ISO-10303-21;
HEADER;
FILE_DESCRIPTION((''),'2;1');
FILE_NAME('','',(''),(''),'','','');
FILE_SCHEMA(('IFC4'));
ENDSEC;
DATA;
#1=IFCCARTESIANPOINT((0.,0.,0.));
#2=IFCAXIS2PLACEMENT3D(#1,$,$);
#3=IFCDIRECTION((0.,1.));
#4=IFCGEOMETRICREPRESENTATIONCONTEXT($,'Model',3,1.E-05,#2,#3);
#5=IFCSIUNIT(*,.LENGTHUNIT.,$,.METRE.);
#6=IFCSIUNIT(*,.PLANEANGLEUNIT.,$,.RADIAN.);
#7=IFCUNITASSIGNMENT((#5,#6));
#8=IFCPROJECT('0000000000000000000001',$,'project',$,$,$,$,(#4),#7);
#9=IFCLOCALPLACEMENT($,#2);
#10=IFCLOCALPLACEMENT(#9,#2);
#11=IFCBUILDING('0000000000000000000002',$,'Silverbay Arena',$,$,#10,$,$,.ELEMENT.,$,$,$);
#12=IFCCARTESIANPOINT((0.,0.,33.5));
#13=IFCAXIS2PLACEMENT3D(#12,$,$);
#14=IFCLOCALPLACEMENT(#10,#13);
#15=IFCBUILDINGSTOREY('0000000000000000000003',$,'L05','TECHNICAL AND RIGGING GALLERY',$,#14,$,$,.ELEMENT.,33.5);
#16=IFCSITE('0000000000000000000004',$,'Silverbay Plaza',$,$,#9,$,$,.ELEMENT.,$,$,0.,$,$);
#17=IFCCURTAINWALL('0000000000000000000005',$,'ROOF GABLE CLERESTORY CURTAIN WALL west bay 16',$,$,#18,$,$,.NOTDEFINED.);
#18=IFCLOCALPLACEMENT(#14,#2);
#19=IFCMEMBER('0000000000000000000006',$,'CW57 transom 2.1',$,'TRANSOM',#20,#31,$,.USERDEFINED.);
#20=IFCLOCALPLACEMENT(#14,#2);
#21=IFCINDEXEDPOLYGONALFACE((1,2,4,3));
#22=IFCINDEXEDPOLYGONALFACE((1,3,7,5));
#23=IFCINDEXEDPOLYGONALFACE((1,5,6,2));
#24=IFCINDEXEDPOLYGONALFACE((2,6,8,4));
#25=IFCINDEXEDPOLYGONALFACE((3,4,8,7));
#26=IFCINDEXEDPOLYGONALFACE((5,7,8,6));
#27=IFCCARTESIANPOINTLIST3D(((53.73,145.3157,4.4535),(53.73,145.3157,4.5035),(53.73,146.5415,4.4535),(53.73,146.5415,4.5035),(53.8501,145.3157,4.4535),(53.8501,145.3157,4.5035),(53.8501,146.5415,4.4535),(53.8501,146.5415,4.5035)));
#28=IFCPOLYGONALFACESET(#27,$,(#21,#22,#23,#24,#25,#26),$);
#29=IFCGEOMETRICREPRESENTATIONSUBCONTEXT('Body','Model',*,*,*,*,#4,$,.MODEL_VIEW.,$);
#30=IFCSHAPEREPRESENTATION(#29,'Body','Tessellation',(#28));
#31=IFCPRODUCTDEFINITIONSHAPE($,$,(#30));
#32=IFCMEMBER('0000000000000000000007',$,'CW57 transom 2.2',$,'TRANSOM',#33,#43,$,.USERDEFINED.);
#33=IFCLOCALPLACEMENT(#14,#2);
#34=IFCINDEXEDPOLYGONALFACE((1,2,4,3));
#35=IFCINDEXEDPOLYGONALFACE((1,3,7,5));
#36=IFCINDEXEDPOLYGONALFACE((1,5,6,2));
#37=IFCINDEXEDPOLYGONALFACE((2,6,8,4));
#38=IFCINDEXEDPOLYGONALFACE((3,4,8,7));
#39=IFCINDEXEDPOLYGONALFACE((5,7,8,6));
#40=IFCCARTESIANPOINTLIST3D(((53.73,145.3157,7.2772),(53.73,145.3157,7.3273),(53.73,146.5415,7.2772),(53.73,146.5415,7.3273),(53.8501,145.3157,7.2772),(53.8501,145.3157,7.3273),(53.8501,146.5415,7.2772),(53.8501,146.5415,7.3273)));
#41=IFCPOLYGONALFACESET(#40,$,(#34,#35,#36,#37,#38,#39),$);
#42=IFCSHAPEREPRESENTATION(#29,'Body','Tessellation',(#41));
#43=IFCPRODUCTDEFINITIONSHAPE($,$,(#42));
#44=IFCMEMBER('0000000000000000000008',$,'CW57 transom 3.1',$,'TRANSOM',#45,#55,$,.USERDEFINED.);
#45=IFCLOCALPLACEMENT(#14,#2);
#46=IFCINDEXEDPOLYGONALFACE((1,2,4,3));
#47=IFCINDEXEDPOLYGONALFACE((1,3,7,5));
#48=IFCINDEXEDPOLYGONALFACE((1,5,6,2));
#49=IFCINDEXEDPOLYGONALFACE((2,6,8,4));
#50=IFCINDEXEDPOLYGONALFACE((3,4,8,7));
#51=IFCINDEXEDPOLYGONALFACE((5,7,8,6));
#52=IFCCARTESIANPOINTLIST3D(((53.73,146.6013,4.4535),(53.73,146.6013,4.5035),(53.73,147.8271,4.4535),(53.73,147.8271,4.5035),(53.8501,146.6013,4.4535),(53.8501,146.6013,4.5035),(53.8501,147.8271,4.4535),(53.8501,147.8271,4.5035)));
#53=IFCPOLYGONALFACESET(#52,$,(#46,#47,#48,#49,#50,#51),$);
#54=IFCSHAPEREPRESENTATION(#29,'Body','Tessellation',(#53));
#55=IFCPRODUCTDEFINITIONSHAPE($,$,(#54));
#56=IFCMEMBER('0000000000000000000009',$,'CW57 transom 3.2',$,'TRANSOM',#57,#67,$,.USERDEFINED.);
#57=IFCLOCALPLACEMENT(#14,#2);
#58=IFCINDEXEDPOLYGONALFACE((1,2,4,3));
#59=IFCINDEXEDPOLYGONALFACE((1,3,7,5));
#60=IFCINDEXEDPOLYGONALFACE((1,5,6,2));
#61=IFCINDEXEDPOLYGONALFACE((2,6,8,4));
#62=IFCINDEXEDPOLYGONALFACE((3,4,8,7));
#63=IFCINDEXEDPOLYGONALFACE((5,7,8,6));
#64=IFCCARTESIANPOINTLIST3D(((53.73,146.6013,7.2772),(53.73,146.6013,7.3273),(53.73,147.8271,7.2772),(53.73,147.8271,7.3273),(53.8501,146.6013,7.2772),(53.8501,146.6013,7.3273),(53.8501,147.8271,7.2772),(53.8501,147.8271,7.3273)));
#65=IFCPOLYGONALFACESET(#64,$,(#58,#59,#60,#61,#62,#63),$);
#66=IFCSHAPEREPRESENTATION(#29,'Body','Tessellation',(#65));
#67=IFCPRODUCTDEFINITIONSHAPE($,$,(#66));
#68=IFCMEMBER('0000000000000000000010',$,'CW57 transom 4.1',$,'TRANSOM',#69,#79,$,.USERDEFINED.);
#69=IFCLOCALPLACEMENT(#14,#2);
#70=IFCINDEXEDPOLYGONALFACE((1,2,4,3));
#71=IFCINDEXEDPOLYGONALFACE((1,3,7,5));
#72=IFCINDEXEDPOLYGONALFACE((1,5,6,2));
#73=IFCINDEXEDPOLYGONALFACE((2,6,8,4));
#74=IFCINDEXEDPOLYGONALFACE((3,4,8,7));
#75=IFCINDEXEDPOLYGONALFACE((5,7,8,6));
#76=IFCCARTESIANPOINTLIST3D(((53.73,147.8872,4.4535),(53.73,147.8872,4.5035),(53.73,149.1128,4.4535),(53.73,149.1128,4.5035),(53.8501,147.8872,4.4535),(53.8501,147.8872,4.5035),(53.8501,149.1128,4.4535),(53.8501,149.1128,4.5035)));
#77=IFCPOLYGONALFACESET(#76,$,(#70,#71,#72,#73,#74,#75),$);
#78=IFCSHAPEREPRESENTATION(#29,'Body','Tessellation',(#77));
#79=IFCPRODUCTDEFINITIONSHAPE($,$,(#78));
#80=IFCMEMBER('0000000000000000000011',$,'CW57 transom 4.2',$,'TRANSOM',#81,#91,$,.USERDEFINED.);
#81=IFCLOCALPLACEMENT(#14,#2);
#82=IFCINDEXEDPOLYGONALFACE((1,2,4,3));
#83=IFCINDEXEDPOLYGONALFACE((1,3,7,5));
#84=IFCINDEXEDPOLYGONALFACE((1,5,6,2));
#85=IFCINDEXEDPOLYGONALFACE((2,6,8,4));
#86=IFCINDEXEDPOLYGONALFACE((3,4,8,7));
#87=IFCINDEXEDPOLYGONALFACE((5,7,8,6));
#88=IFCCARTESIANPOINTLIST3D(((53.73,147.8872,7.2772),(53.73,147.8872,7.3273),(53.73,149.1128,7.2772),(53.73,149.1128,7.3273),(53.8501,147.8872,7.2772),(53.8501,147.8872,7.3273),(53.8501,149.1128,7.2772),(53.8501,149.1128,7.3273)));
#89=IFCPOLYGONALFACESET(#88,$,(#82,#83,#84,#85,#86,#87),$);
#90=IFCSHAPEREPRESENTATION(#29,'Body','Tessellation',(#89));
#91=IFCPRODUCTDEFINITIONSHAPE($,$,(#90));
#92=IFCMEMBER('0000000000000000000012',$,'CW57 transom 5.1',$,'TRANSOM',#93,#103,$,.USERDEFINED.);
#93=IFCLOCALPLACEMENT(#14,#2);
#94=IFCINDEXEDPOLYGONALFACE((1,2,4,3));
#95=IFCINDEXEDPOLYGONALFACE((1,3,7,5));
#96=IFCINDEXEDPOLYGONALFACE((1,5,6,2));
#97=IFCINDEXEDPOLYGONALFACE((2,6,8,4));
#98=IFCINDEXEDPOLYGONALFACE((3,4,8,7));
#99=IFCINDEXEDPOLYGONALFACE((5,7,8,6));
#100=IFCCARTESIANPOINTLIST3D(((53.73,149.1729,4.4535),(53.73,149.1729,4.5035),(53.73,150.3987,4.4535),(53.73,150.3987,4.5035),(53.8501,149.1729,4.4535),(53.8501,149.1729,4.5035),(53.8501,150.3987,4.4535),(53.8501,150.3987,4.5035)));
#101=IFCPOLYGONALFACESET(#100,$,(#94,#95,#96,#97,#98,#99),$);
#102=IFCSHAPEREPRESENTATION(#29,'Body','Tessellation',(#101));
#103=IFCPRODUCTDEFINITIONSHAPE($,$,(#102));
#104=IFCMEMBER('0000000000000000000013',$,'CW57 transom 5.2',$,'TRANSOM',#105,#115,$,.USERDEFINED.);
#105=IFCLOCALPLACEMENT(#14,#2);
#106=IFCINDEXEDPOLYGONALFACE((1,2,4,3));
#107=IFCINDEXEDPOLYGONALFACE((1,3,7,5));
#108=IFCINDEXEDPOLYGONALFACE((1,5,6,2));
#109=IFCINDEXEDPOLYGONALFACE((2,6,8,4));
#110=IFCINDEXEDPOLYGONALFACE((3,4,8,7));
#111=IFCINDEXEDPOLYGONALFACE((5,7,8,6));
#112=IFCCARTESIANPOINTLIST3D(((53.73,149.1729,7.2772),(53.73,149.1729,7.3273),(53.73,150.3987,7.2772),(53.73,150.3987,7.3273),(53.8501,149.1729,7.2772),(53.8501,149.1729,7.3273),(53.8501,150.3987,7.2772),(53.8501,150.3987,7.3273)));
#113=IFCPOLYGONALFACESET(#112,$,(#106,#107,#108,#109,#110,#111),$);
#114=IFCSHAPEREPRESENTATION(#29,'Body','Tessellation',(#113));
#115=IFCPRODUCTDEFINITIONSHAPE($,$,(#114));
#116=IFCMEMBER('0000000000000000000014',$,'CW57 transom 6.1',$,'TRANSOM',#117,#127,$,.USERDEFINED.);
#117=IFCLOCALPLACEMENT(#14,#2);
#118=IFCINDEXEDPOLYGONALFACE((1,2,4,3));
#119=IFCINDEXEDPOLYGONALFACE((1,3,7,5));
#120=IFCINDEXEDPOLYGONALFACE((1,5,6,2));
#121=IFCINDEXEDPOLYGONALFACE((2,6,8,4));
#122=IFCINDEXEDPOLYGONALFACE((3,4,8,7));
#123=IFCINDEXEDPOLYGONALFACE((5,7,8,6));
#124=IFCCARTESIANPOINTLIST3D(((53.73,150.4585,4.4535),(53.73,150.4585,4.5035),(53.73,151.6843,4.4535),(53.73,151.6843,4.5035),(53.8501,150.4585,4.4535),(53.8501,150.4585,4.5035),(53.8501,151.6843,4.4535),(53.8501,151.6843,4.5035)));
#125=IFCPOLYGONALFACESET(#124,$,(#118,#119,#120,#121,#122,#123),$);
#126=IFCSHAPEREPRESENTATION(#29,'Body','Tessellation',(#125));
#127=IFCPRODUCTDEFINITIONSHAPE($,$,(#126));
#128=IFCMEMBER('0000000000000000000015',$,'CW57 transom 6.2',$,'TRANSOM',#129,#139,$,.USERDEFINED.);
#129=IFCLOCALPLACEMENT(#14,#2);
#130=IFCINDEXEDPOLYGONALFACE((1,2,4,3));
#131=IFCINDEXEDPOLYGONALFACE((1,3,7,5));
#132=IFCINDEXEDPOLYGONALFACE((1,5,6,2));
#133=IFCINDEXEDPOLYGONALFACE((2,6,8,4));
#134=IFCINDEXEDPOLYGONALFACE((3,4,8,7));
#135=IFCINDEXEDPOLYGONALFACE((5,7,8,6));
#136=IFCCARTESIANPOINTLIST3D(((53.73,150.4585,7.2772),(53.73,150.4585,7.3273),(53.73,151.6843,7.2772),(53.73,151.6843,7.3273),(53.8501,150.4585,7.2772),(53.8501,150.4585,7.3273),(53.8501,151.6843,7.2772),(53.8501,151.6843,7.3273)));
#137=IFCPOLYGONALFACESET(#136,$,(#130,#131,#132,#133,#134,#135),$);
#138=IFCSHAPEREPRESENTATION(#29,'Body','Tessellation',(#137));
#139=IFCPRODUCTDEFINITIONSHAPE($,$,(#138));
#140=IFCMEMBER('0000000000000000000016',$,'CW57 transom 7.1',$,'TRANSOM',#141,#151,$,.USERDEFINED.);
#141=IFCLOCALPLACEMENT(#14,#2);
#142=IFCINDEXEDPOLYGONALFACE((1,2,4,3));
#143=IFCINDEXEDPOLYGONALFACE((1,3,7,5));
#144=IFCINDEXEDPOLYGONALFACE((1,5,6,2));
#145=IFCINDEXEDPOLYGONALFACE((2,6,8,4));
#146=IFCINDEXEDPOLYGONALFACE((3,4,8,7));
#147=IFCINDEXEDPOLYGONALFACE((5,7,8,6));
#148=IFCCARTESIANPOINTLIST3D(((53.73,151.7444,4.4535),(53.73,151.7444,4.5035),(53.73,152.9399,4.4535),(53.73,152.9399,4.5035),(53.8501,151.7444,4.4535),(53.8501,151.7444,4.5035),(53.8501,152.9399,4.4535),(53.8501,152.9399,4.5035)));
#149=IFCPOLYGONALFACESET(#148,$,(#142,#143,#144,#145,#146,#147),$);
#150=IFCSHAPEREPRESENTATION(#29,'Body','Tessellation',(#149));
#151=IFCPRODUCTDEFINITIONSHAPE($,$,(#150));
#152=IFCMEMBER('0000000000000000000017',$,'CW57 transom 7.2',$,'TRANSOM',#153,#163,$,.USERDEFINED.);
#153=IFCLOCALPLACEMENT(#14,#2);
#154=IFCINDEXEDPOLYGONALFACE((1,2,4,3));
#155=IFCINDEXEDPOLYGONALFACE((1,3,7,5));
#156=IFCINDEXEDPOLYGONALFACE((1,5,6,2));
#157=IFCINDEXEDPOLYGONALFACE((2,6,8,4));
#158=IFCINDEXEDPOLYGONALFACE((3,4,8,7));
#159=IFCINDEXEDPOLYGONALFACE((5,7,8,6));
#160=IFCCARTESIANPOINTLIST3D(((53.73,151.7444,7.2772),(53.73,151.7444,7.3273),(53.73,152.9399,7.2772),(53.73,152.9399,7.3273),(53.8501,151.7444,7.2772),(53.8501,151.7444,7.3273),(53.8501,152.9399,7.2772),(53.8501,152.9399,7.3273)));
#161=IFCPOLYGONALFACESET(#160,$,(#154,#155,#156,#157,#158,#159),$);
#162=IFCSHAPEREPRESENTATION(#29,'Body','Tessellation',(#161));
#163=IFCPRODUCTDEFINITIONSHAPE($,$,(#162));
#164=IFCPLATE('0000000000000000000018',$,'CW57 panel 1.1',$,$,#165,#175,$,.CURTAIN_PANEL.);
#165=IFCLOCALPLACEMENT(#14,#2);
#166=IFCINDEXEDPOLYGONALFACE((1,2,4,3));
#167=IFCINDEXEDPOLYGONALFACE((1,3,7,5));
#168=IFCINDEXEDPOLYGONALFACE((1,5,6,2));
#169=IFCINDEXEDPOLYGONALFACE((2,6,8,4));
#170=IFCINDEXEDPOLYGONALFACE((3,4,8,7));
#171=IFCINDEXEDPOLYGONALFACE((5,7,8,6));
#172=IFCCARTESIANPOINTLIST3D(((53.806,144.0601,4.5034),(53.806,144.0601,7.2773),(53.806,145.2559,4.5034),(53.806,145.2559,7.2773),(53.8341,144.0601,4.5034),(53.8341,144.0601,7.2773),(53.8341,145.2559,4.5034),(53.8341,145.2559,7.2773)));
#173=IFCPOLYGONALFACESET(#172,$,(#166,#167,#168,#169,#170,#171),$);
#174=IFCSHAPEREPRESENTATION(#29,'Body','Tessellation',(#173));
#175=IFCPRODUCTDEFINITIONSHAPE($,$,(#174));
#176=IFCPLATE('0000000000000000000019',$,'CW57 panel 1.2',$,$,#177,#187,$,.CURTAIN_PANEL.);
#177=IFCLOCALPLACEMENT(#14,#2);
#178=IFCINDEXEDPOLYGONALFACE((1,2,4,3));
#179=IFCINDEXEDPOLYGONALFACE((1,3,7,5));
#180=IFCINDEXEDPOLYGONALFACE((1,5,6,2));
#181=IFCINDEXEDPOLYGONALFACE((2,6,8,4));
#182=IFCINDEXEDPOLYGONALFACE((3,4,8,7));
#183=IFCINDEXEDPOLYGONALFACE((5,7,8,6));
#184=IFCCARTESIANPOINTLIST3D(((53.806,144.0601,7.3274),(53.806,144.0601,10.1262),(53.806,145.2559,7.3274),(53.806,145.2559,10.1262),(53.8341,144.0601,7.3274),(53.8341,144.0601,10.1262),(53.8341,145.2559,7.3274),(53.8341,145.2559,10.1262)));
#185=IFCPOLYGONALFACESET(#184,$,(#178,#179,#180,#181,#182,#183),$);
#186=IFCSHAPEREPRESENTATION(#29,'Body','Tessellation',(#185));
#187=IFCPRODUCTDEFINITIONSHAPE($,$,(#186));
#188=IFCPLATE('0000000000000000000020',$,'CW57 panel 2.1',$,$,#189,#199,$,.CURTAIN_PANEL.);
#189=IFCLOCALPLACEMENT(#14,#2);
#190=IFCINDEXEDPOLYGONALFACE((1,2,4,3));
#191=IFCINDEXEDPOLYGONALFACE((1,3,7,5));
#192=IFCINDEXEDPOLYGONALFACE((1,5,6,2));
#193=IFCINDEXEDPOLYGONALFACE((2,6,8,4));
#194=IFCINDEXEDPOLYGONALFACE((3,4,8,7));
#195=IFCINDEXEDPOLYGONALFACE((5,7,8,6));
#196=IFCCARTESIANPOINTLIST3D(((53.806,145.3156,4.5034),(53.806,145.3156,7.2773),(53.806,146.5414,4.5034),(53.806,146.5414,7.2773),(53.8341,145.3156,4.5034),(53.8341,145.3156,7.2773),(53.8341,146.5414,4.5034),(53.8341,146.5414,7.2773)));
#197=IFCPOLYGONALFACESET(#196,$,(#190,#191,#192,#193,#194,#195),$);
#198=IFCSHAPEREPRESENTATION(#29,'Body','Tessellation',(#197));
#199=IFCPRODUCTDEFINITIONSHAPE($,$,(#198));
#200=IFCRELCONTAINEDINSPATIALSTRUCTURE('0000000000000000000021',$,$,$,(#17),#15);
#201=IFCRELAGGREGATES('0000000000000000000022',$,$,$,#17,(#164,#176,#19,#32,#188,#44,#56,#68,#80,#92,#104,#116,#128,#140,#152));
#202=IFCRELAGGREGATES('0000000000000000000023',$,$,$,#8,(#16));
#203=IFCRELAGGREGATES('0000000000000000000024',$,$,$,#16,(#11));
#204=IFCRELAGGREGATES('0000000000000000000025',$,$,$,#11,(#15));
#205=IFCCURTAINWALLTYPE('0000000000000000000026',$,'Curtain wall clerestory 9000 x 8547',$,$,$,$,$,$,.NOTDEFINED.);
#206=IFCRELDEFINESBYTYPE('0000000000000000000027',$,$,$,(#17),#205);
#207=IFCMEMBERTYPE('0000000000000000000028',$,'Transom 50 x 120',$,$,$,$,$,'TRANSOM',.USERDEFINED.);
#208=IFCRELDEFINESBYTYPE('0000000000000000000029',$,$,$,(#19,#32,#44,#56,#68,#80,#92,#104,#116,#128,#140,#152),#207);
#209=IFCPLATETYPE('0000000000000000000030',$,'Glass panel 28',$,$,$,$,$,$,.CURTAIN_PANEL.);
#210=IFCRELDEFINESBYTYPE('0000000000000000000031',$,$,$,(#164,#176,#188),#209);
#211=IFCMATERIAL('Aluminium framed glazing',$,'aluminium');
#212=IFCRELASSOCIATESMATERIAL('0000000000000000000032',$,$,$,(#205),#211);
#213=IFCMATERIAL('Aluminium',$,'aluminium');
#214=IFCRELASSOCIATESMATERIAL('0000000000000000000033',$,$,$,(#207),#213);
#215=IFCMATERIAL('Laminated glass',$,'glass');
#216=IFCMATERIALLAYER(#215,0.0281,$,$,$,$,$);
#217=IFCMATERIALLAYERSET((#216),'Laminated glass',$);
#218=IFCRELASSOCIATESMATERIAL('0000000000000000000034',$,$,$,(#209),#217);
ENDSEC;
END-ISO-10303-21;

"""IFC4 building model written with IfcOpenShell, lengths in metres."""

from ifc_helpers import new_model, si_unit, direction, frame, origin, origin_2d, place, context, subcontext, project, spatial, rectangle, extrude, material, layer, layer_set, material_profile, profile_set, type_object, element, aggregate, save


model = new_model("IFC4")

# Units and contexts
model_context = context("Model", 3, precision=1e-05, world=origin(), true_north=direction((0.0, 1.0)))
body_context = subcontext(model_context, "Body", "Model", "MODEL_VIEW")
ifc_project = project(units=[si_unit("LENGTHUNIT", "METRE"), si_unit("PLANEANGLEUNIT", "RADIAN")], contexts=[model_context])

# Site, building, storey
site_placement = place(None, origin())
site = spatial("IfcSite", under=ifc_project, at=site_placement, Name="Silverbay Plaza", CompositionType="ELEMENT", RefElevation=0.0)
building_placement = place(site_placement, origin())
building = spatial("IfcBuilding", under=site, at=building_placement, Name="Silverbay Arena", CompositionType="ELEMENT")
storey_placement = place(building_placement, frame((0.0, 0.0, 33.5)))
storey = spatial("IfcBuildingStorey", under=building, at=storey_placement, Name="L05", Description="TECHNICAL AND RIGGING GALLERY", CompositionType="ELEMENT", Elevation=33.5)

# Curtain wall
ifc_material_1 = material(Name="Aluminium framed glazing", Category="aluminium")
curtain_wall_type = type_object("IfcCurtainWallType", Name="Curtain wall clerestory 9000 x 8547", PredefinedType="NOTDEFINED", material=ifc_material_1)
curtain_wall_placement = place(storey_placement, origin())
curtain_wall = element("IfcCurtainWall", 1, at=curtain_wall_placement, inside=storey, type_object=curtain_wall_type, Name="ROOF GABLE CLERESTORY CURTAIN WALL west bay 16", PredefinedType="NOTDEFINED")

# Members
ifc_material_2 = material(Name="Aluminium", Category="aluminium")
ifc_material_profile_1 = material_profile(ifc_material_2, rectangle(XDim=0.1201, YDim=0.05, at=origin_2d()), Name="Transom 50 x 120")
ifc_profile_set_1 = profile_set([ifc_material_profile_1], Name="Aluminium")
member_type_1 = type_object("IfcMemberType", Name="Transom 50 x 120", ElementType="TRANSOM", PredefinedType="USERDEFINED", material=ifc_profile_set_1)
member_1_placement = place(storey_placement, frame((53.79, 145.3157, 4.4785), z_axis=(0.0, 1.0, 0.0), x_axis=(-1.0, 0.0, 0.0)))
member_1 = element("IfcMember", 2, at=member_1_placement, type_object=member_type_1, Name="CW57 transom 2.1", ObjectType="TRANSOM", PredefinedType="USERDEFINED", context=body_context, shape_type="SweptSolid", body=[
    extrude(rectangle(XDim=0.1201, YDim=0.05, at=origin_2d()), origin(), (0.0, 0.0, 1.0), 1.2258),
])
member_2_placement = place(storey_placement, frame((53.79, 145.3157, 7.3022), z_axis=(0.0, 1.0, 0.0), x_axis=(-1.0, 0.0, 0.0)))
member_2 = element("IfcMember", 3, at=member_2_placement, type_object=member_type_1, Name="CW57 transom 2.2", ObjectType="TRANSOM", PredefinedType="USERDEFINED", context=body_context, shape_type="SweptSolid", body=[
    extrude(rectangle(XDim=0.1201, YDim=0.05, at=origin_2d()), origin(), (0.0, 0.0, 1.0), 1.2258),
])
member_3_placement = place(storey_placement, frame((53.79, 146.6013, 4.4785), z_axis=(0.0, 1.0, 0.0), x_axis=(-1.0, 0.0, 0.0)))
member_3 = element("IfcMember", 4, at=member_3_placement, type_object=member_type_1, Name="CW57 transom 3.1", ObjectType="TRANSOM", PredefinedType="USERDEFINED", context=body_context, shape_type="SweptSolid", body=[
    extrude(rectangle(XDim=0.1201, YDim=0.05, at=origin_2d()), origin(), (0.0, 0.0, 1.0), 1.2258),
])
member_4_placement = place(storey_placement, frame((53.79, 146.6013, 7.3022), z_axis=(0.0, 1.0, 0.0), x_axis=(-1.0, 0.0, 0.0)))
member_4 = element("IfcMember", 5, at=member_4_placement, type_object=member_type_1, Name="CW57 transom 3.2", ObjectType="TRANSOM", PredefinedType="USERDEFINED", context=body_context, shape_type="SweptSolid", body=[
    extrude(rectangle(XDim=0.1201, YDim=0.05, at=origin_2d()), origin(), (0.0, 0.0, 1.0), 1.2258),
])
member_5_placement = place(storey_placement, frame((53.79, 147.8872, 4.4785), z_axis=(0.0, 1.0, 0.0), x_axis=(-1.0, 0.0, 0.0)))
member_5 = element("IfcMember", 6, at=member_5_placement, type_object=member_type_1, Name="CW57 transom 4.1", ObjectType="TRANSOM", PredefinedType="USERDEFINED", context=body_context, shape_type="SweptSolid", body=[
    extrude(rectangle(XDim=0.1201, YDim=0.05, at=origin_2d()), origin(), (0.0, 0.0, 1.0), 1.2256),
])
member_6_placement = place(storey_placement, frame((53.79, 147.8872, 7.3022), z_axis=(0.0, 1.0, 0.0), x_axis=(-1.0, 0.0, 0.0)))
member_6 = element("IfcMember", 7, at=member_6_placement, type_object=member_type_1, Name="CW57 transom 4.2", ObjectType="TRANSOM", PredefinedType="USERDEFINED", context=body_context, shape_type="SweptSolid", body=[
    extrude(rectangle(XDim=0.1201, YDim=0.05, at=origin_2d()), origin(), (0.0, 0.0, 1.0), 1.2256),
])
member_7_placement = place(storey_placement, frame((53.79, 149.1729, 4.4785), z_axis=(0.0, 1.0, 0.0), x_axis=(-1.0, 0.0, 0.0)))
member_7 = element("IfcMember", 8, at=member_7_placement, type_object=member_type_1, Name="CW57 transom 5.1", ObjectType="TRANSOM", PredefinedType="USERDEFINED", context=body_context, shape_type="SweptSolid", body=[
    extrude(rectangle(XDim=0.1201, YDim=0.05, at=origin_2d()), origin(), (0.0, 0.0, 1.0), 1.2258),
])
member_8_placement = place(storey_placement, frame((53.79, 149.1729, 7.3022), z_axis=(0.0, 1.0, 0.0), x_axis=(-1.0, 0.0, 0.0)))
member_8 = element("IfcMember", 9, at=member_8_placement, type_object=member_type_1, Name="CW57 transom 5.2", ObjectType="TRANSOM", PredefinedType="USERDEFINED", context=body_context, shape_type="SweptSolid", body=[
    extrude(rectangle(XDim=0.1201, YDim=0.05, at=origin_2d()), origin(), (0.0, 0.0, 1.0), 1.2258),
])
member_9_placement = place(storey_placement, frame((53.79, 150.4585, 4.4785), z_axis=(0.0, 1.0, 0.0), x_axis=(-1.0, 0.0, 0.0)))
member_9 = element("IfcMember", 10, at=member_9_placement, type_object=member_type_1, Name="CW57 transom 6.1", ObjectType="TRANSOM", PredefinedType="USERDEFINED", context=body_context, shape_type="SweptSolid", body=[
    extrude(rectangle(XDim=0.1201, YDim=0.05, at=origin_2d()), origin(), (0.0, 0.0, 1.0), 1.2258),
])
member_10_placement = place(storey_placement, frame((53.79, 150.4585, 7.3022), z_axis=(0.0, 1.0, 0.0), x_axis=(-1.0, 0.0, 0.0)))
member_10 = element("IfcMember", 11, at=member_10_placement, type_object=member_type_1, Name="CW57 transom 6.2", ObjectType="TRANSOM", PredefinedType="USERDEFINED", context=body_context, shape_type="SweptSolid", body=[
    extrude(rectangle(XDim=0.1201, YDim=0.05, at=origin_2d()), origin(), (0.0, 0.0, 1.0), 1.2258),
])
member_11_placement = place(storey_placement, frame((53.79, 151.7444, 4.4785), z_axis=(0.0, 1.0, 0.0), x_axis=(-1.0, 0.0, 0.0)))
member_11 = element("IfcMember", 12, at=member_11_placement, type_object=member_type_1, Name="CW57 transom 7.1", ObjectType="TRANSOM", PredefinedType="USERDEFINED", context=body_context, shape_type="SweptSolid", body=[
    extrude(rectangle(XDim=0.1201, YDim=0.05, at=origin_2d()), origin(), (0.0, 0.0, 1.0), 1.1956),
])
member_12_placement = place(storey_placement, frame((53.79, 151.7444, 7.3022), z_axis=(0.0, 1.0, 0.0), x_axis=(-1.0, 0.0, 0.0)))
member_12 = element("IfcMember", 13, at=member_12_placement, type_object=member_type_1, Name="CW57 transom 7.2", ObjectType="TRANSOM", PredefinedType="USERDEFINED", context=body_context, shape_type="SweptSolid", body=[
    extrude(rectangle(XDim=0.1201, YDim=0.05, at=origin_2d()), origin(), (0.0, 0.0, 1.0), 1.1956),
])

# Plates
ifc_material_3 = material(Name="Laminated glass", Category="glass")
ifc_layer_1 = layer(ifc_material_3, 0.0281)
ifc_layer_set_1 = layer_set([ifc_layer_1], Name="Laminated glass")
plate_type = type_object("IfcPlateType", Name="Glass panel 28", PredefinedType="CURTAIN_PANEL", material=ifc_layer_set_1)
plate_1_placement = place(storey_placement, frame((53.8201, 144.658, 4.5034), z_axis=(0.0, 0.0, 1.0), x_axis=(0.0, 1.0, 0.0)))
plate_1 = element("IfcPlate", 14, at=plate_1_placement, type_object=plate_type, Name="CW57 panel 1.1", PredefinedType="CURTAIN_PANEL", context=body_context, shape_type="SweptSolid", body=[
    extrude(rectangle(XDim=1.1958, YDim=0.0281, at=origin_2d()), origin(), (0.0, 0.0, 1.0), 2.7739),
])
plate_2_placement = place(storey_placement, frame((53.8201, 144.658, 7.3274), z_axis=(0.0, 0.0, 1.0), x_axis=(0.0, 1.0, 0.0)))
plate_2 = element("IfcPlate", 15, at=plate_2_placement, type_object=plate_type, Name="CW57 panel 1.2", PredefinedType="CURTAIN_PANEL", context=body_context, shape_type="SweptSolid", body=[
    extrude(rectangle(XDim=1.1958, YDim=0.0281, at=origin_2d()), origin(), (0.0, 0.0, 1.0), 2.7988),
])
plate_3_placement = place(storey_placement, frame((53.8201, 145.9285, 4.5034), z_axis=(0.0, 0.0, 1.0), x_axis=(0.0, 1.0, 0.0)))
plate_3 = element("IfcPlate", 16, at=plate_3_placement, type_object=plate_type, Name="CW57 panel 2.1", PredefinedType="CURTAIN_PANEL", context=body_context, shape_type="SweptSolid", body=[
    extrude(rectangle(XDim=1.2258, YDim=0.0281, at=origin_2d()), origin(), (0.0, 0.0, 1.0), 2.7739),
])
aggregate(curtain_wall, [plate_1, plate_2, member_1, member_2, plate_3, member_3, member_4, member_5, member_6, member_7, member_8, member_9, member_10, member_11, member_12])

save(model, "model.ifc")
